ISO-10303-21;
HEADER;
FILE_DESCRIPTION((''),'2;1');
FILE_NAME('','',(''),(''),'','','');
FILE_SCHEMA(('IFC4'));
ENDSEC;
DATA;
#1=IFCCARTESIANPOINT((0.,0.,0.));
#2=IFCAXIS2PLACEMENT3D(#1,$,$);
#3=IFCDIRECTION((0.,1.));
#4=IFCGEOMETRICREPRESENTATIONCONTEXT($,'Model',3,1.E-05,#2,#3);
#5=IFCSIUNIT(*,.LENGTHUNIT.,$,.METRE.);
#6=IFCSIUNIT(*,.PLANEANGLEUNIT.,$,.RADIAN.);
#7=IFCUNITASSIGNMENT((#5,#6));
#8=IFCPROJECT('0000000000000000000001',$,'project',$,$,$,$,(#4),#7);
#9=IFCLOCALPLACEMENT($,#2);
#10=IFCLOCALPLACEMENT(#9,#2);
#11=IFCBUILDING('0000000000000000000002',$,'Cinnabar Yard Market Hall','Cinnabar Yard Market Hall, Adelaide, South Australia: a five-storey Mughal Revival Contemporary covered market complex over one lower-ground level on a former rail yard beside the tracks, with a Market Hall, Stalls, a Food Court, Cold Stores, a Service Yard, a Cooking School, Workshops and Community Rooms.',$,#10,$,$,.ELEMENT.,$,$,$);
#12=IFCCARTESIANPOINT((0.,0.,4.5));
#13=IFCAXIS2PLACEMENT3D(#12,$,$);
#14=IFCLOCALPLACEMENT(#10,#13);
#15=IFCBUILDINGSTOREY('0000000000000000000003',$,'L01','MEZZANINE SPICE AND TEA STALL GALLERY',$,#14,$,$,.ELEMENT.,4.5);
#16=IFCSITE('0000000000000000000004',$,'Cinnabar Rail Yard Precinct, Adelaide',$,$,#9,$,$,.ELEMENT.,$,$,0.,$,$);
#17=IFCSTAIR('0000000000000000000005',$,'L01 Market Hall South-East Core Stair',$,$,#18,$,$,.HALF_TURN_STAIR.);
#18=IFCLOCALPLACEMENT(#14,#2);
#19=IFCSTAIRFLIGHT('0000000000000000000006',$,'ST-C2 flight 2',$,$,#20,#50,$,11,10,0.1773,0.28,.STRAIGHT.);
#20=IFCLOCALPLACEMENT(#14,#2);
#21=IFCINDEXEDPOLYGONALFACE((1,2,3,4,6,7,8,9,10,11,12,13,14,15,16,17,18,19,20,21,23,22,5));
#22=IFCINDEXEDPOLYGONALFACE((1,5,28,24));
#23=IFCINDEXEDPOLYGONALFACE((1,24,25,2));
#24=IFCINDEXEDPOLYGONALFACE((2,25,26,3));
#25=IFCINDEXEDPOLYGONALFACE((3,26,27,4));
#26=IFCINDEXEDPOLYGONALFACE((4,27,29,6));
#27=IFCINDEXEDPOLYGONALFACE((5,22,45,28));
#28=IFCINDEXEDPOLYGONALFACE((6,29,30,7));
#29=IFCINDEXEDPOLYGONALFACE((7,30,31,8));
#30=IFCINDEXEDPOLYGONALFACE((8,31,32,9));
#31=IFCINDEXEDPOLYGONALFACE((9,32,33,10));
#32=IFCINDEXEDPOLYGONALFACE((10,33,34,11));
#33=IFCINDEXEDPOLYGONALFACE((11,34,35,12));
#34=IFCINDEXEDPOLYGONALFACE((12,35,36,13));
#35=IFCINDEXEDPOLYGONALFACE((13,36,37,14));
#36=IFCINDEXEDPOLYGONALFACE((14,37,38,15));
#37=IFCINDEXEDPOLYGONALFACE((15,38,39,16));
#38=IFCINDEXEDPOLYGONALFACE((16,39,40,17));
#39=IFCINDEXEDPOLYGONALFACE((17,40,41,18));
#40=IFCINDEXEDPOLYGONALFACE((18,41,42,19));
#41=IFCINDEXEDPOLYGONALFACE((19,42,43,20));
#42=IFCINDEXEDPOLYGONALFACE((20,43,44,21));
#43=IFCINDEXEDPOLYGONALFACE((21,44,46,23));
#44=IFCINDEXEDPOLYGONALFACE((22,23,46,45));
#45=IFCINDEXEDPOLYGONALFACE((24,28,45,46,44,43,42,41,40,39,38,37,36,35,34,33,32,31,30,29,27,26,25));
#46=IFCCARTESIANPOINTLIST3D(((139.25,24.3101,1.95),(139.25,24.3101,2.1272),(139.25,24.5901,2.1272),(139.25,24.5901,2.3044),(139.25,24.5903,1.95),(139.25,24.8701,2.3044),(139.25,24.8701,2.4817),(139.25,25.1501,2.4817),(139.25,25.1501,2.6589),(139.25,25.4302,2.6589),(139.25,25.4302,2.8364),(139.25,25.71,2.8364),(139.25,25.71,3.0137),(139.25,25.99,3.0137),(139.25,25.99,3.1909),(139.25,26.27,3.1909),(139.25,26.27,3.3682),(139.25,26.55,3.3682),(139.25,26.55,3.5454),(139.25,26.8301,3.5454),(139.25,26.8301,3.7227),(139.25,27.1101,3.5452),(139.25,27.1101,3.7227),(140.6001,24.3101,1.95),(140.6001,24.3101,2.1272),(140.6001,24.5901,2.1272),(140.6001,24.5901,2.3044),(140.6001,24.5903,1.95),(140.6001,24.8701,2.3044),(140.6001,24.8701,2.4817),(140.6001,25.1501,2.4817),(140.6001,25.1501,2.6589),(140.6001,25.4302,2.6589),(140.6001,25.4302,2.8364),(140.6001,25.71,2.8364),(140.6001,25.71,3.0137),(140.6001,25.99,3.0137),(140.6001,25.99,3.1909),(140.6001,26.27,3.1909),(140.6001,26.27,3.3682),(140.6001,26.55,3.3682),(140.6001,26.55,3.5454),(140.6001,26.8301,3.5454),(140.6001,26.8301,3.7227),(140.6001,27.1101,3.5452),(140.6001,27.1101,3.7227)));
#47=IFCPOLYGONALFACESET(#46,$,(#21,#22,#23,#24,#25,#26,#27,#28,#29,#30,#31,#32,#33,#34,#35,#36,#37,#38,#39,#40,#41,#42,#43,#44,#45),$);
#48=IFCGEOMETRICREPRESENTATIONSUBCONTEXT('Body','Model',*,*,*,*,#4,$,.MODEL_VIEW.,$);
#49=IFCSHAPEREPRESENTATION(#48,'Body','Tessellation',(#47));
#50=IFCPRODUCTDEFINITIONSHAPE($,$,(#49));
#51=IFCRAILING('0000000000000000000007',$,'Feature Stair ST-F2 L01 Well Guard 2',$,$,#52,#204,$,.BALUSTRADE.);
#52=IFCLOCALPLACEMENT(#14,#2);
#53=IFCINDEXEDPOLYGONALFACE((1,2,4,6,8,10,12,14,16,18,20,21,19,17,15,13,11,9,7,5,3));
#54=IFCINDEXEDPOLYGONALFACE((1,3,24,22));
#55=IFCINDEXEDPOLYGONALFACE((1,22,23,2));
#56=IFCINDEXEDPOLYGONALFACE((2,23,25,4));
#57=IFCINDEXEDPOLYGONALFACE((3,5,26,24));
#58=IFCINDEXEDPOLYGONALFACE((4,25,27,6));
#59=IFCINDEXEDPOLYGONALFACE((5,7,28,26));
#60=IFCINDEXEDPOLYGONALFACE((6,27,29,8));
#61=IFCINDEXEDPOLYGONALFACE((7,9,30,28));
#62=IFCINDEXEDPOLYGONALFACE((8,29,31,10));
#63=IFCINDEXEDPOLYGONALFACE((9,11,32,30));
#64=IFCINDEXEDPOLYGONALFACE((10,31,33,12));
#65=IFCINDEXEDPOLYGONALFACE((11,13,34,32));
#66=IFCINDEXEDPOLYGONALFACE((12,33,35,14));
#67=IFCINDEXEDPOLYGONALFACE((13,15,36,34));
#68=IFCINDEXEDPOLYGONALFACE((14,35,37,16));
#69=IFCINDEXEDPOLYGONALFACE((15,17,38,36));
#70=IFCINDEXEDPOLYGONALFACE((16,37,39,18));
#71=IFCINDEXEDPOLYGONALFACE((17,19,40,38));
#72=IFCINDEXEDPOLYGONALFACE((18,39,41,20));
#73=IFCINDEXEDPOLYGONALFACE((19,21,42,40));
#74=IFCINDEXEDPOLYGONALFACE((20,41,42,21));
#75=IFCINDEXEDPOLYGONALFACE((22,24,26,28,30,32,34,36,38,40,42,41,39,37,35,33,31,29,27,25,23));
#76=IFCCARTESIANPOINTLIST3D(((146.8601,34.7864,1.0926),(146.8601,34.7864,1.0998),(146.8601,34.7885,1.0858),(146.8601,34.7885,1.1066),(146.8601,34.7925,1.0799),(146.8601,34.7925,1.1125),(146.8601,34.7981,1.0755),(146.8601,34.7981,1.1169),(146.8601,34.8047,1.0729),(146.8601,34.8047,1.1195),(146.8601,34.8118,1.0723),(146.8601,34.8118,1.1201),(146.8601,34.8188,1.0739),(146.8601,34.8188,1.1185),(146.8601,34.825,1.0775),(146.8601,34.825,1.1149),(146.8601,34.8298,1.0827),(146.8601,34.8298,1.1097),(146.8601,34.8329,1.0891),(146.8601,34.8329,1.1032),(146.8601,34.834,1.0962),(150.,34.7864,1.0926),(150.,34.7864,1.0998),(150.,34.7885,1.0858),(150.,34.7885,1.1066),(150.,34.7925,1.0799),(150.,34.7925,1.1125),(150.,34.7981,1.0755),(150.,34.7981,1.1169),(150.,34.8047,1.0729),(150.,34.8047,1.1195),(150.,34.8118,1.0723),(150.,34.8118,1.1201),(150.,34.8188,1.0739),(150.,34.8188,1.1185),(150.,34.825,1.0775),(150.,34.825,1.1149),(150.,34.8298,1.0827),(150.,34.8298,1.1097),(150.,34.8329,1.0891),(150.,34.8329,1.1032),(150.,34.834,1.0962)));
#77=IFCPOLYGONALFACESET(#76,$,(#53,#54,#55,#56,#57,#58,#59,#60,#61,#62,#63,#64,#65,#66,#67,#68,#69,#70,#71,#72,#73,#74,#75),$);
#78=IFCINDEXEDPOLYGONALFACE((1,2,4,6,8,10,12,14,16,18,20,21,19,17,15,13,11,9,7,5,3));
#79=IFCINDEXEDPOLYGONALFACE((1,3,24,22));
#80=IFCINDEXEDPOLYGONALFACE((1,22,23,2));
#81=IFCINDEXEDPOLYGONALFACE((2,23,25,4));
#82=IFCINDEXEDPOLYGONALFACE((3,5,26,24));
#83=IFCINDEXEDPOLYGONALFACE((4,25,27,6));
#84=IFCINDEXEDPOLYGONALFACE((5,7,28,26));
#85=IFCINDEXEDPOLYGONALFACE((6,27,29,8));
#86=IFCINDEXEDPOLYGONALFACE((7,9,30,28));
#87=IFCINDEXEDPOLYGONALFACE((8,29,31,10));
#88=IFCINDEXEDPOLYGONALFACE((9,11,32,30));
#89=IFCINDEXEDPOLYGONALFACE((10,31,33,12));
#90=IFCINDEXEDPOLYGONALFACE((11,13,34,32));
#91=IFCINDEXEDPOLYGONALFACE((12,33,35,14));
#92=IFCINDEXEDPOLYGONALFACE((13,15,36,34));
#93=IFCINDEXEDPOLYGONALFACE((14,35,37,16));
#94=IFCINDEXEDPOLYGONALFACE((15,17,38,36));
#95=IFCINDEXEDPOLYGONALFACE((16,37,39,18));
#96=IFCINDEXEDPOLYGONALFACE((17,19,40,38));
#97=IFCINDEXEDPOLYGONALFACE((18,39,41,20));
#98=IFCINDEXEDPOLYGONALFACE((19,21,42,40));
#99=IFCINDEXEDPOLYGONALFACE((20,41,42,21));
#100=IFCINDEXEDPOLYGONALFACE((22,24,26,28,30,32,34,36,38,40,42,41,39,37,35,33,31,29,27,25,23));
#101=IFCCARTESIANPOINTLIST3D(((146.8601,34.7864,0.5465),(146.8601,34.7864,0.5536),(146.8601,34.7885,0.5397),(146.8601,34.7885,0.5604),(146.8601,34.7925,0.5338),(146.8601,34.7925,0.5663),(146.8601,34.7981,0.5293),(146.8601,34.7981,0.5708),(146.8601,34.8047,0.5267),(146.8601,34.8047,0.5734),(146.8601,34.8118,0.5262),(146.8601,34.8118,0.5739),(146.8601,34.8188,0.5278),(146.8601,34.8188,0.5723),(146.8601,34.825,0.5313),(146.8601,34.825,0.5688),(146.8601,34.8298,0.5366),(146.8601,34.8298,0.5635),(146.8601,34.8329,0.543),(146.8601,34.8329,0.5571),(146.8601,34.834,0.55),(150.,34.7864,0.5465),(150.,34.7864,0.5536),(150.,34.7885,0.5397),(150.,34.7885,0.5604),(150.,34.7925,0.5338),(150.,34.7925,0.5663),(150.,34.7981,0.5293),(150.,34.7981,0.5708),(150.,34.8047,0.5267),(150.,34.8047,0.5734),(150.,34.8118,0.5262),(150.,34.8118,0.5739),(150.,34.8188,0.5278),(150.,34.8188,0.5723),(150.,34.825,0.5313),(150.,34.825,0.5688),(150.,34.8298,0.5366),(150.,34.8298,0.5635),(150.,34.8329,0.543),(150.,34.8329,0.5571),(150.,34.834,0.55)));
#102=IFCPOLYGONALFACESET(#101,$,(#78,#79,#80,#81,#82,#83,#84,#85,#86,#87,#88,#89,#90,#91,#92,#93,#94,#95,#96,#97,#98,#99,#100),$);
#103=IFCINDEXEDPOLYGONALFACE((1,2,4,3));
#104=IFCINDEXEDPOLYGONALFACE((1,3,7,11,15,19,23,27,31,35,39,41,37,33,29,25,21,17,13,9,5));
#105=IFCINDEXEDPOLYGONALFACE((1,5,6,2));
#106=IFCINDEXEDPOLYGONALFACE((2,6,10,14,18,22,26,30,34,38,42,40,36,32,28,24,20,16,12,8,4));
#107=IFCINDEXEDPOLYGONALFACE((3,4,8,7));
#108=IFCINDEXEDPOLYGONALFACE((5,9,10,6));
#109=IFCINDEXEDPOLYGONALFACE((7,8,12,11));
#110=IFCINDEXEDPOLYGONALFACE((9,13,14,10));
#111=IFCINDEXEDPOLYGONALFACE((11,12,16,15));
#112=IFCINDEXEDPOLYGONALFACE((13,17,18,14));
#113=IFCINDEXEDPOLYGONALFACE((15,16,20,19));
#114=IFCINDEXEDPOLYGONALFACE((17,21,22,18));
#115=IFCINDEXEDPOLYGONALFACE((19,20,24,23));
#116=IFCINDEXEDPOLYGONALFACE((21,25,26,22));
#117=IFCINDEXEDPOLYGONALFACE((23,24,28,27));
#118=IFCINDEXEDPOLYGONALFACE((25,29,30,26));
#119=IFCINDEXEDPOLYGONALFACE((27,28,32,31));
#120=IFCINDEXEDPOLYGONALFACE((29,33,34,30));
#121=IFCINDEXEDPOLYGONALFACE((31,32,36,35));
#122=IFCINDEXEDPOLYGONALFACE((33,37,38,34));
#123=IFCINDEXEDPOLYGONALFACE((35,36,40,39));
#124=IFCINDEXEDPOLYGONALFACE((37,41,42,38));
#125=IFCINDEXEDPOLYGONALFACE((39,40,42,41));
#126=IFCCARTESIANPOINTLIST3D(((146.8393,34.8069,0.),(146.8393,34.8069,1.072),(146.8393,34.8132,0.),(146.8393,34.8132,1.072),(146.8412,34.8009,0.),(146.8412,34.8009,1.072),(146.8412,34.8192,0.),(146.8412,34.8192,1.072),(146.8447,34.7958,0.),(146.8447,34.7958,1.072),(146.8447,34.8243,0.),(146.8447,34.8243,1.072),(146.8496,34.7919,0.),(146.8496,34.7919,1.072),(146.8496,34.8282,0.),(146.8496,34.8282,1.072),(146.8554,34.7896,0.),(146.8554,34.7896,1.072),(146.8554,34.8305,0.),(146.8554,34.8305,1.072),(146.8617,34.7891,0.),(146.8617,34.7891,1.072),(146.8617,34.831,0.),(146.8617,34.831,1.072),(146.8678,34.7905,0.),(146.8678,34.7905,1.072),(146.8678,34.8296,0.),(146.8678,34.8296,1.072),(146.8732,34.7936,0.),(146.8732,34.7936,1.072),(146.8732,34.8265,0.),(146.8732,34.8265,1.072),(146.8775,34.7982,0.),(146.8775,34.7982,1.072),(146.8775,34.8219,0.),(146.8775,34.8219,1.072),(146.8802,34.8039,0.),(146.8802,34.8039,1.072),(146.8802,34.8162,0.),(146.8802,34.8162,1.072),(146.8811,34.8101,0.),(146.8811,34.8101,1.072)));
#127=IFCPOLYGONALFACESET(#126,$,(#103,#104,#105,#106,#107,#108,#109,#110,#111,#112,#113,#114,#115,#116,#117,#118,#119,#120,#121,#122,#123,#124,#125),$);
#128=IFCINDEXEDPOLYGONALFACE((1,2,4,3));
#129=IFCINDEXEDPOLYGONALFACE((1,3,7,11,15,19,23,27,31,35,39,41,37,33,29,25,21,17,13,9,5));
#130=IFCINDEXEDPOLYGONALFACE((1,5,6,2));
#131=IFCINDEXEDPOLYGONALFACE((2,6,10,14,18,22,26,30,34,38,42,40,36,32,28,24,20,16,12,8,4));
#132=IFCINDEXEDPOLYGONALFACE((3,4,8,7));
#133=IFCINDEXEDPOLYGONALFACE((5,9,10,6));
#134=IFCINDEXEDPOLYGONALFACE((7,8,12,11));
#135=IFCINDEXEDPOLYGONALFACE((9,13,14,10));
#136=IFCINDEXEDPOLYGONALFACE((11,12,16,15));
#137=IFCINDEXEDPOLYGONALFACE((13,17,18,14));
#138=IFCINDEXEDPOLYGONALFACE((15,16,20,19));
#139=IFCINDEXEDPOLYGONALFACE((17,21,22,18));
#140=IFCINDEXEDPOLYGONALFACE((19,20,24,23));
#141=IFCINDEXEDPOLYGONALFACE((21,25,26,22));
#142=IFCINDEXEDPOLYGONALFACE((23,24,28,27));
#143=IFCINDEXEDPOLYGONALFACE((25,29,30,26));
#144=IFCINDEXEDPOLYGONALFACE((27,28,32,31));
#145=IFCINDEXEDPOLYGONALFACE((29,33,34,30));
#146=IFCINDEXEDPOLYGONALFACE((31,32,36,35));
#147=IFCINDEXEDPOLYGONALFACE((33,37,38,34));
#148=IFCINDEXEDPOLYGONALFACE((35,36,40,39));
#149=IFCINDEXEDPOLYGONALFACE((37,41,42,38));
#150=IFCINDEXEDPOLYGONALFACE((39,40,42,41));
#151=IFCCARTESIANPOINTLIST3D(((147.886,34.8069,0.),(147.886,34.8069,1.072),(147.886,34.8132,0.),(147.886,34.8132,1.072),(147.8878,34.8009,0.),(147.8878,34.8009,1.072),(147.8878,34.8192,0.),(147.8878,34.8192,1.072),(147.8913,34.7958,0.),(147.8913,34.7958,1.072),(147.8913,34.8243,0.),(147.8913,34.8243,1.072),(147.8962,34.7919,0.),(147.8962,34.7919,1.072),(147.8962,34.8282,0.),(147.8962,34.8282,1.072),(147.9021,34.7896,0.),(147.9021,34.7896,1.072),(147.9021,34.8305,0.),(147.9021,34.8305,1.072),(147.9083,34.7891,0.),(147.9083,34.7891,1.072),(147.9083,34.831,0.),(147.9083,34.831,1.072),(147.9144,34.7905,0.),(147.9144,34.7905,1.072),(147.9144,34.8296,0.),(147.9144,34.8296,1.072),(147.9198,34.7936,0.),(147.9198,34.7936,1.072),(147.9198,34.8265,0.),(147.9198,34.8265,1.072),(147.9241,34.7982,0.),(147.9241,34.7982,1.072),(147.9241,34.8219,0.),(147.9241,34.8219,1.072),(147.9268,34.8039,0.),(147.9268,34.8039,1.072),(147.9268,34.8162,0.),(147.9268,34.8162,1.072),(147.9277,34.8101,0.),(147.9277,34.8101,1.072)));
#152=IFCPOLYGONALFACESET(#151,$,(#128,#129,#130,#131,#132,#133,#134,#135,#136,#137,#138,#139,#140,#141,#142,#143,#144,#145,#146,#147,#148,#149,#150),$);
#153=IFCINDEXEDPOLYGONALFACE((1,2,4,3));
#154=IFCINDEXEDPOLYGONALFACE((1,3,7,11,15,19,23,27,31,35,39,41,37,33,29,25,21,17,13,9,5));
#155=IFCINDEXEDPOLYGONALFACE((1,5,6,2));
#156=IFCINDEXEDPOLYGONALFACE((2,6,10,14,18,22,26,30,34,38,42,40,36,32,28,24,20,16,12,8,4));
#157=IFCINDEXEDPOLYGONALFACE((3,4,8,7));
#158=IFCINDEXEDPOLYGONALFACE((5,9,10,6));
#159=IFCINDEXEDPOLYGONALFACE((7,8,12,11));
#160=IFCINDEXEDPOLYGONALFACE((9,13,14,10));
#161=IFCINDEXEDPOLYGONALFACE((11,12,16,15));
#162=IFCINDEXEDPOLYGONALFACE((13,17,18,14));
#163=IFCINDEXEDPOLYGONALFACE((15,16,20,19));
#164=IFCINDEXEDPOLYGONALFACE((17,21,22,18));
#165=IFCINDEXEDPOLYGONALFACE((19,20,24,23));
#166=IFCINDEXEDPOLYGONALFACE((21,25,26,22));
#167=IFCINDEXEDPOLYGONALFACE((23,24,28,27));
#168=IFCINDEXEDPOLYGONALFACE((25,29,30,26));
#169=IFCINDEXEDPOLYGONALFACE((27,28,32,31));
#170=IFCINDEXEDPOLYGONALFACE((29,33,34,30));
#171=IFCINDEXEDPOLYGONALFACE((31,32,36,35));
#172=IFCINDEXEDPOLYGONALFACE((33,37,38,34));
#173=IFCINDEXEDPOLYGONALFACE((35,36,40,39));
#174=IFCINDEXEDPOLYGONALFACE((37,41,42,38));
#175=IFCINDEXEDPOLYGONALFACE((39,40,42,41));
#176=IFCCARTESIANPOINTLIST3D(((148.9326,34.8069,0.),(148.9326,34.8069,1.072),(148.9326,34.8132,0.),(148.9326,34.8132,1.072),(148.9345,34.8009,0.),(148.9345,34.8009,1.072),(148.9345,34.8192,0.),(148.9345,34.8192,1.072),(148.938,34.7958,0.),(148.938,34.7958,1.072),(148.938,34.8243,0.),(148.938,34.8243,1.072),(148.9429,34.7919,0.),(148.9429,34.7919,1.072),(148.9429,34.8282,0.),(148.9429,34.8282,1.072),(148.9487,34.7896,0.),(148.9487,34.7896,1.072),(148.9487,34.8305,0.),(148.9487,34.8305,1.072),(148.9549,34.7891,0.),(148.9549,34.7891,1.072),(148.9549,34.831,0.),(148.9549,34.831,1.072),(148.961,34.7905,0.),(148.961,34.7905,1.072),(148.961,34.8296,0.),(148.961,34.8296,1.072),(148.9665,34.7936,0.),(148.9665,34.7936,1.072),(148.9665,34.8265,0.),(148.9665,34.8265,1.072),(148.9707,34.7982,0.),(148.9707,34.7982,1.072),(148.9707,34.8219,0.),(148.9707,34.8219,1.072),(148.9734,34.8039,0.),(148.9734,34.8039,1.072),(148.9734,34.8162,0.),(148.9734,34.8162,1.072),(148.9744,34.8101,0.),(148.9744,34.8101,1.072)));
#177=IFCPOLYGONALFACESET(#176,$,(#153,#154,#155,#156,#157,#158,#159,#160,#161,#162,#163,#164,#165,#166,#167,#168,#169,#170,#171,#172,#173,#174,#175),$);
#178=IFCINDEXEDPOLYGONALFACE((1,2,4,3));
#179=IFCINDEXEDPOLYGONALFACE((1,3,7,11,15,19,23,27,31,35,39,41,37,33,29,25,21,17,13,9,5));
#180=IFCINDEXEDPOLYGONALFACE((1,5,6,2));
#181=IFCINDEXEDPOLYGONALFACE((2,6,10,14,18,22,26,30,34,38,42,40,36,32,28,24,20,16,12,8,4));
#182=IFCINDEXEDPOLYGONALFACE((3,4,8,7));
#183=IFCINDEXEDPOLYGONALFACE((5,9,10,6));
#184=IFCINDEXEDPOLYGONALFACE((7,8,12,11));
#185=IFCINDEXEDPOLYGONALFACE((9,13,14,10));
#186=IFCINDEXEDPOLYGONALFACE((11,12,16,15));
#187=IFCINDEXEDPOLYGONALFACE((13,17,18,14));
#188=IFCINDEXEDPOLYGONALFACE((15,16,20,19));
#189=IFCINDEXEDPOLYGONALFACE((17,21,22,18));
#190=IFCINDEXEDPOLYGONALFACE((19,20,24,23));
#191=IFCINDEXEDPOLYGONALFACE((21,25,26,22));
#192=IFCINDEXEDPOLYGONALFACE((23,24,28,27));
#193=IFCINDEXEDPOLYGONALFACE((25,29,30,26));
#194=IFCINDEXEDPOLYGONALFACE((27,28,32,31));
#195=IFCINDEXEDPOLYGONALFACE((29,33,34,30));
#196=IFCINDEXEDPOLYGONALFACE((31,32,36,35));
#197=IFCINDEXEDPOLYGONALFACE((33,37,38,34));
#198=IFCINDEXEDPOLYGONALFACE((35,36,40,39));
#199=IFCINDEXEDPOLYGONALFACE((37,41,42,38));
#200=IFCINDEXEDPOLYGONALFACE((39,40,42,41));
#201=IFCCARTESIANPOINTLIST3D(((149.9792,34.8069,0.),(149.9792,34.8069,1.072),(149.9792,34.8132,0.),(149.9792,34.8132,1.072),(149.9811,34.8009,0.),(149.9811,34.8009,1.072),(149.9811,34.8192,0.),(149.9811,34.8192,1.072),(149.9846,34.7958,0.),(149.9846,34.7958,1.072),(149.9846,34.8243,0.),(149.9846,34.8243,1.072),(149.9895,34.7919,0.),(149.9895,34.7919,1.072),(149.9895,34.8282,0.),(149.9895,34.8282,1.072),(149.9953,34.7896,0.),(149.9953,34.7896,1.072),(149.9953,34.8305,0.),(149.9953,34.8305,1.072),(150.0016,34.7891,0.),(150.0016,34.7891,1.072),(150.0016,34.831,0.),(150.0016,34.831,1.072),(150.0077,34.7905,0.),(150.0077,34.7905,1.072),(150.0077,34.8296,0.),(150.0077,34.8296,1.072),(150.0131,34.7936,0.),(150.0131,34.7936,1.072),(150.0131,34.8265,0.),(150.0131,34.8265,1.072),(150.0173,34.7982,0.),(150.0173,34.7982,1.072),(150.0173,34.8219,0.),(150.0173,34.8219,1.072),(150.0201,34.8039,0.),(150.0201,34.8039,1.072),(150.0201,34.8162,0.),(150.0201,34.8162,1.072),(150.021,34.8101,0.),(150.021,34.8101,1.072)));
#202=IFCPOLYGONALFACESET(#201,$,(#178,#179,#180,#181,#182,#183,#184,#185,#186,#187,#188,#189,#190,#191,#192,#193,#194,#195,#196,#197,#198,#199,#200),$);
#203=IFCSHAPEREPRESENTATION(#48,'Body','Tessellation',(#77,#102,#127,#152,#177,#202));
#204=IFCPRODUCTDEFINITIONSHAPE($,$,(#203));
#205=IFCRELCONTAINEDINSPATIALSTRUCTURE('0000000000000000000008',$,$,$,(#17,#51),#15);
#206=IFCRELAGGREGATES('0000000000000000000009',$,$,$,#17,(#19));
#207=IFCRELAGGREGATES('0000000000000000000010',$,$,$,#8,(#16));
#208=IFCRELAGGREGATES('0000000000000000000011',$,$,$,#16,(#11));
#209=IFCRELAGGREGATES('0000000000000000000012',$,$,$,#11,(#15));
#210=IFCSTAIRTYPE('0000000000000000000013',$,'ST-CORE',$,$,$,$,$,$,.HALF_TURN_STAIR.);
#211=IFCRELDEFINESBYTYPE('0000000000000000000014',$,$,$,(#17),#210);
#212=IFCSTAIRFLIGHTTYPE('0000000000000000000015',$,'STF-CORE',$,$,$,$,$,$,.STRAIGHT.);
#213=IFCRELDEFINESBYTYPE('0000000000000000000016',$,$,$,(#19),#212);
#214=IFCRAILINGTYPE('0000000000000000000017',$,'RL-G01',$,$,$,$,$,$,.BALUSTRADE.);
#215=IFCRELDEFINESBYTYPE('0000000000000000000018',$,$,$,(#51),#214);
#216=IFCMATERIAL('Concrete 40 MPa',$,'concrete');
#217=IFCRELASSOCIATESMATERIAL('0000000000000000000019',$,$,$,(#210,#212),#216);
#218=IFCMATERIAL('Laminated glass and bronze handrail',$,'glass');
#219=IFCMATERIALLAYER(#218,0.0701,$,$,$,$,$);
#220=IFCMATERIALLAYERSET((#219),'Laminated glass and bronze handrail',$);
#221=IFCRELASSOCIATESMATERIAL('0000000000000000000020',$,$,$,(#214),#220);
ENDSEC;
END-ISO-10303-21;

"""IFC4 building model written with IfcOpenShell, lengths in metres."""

from ifc_helpers import new_model, si_unit, direction, frame, origin, origin_2d_with_axis, place, context, subcontext, project, spatial, polyline, circle, outline, extrude, material, layer, layer_set, type_object, element, aggregate, save


model = new_model("IFC4")

# Units and contexts
model_context = context("Model", 3, precision=1e-05, world=origin(), true_north=direction((0.0, 1.0)))
body_context = subcontext(model_context, "Body", "Model", "MODEL_VIEW")
ifc_project = project(units=[si_unit("LENGTHUNIT", "METRE"), si_unit("PLANEANGLEUNIT", "RADIAN")], contexts=[model_context])

# Site, building, storey
site_placement = place(None, origin())
site = spatial("IfcSite", under=ifc_project, at=site_placement, Name="Cinnabar Rail Yard Precinct, Adelaide", CompositionType="ELEMENT", RefElevation=0.0)
building_placement = place(site_placement, origin())
building = spatial("IfcBuilding", under=site, at=building_placement, Name="Cinnabar Yard Market Hall", Description="Cinnabar Yard Market Hall, Adelaide, South Australia: a five-storey Mughal Revival Contemporary covered market complex over one lower-ground level on a former rail yard beside the tracks, with a Market Hall, Stalls, a Food Court, Cold Stores, a Service Yard, a Cooking School, Workshops and Community Rooms.", CompositionType="ELEMENT")
storey_placement = place(building_placement, frame((0.0, 0.0, 4.5)))
storey = spatial("IfcBuildingStorey", under=building, at=storey_placement, Name="L01", Description="MEZZANINE SPICE AND TEA STALL GALLERY", CompositionType="ELEMENT", Elevation=4.5)

# Shared definitions
ifc_material_1 = material(Name="Concrete 40 MPa", Category="concrete")

# Stair, stair flight
stair_type = type_object("IfcStairType", Name="ST-CORE", PredefinedType="HALF_TURN_STAIR", material=ifc_material_1)
stair_placement = place(storey_placement, origin())
stair = element("IfcStair", 1, at=stair_placement, inside=storey, type_object=stair_type, Name="L01 Market Hall South-East Core Stair", PredefinedType="HALF_TURN_STAIR")
stair_flight_type = type_object("IfcStairFlightType", Name="STF-CORE", PredefinedType="STRAIGHT", material=ifc_material_1)
stair_flight_1_placement = place(storey_placement, frame((139.925, 24.3101, 1.95), z_axis=(0.0, 0.0, 1.0), x_axis=(0.0, 1.0, 0.0)))
stair_flight_1 = element("IfcStairFlight", 2, at=stair_flight_1_placement, type_object=stair_flight_type, Name="ST-C2 flight 2", NumberOfRisers=11, NumberOfTreads=10, PredefinedType="STRAIGHT", RiserHeight=0.1773, TreadLength=0.28, context=body_context, shape_type="SweptSolid", body=[
    extrude(outline(polyline([(0.0, 0.0), (0.0, 0.1772), (0.28, 0.1772), (0.28, 0.3545), (0.5601, 0.3545), (0.5601, 0.5317), (0.8401, 0.5317), (0.8401, 0.709), (1.1201, 0.709), (1.1201, 0.8865), (1.3999, 0.8865), (1.3999, 1.0637), (1.6799, 1.0637), (1.6799, 1.241), (1.96, 1.241), (1.96, 1.4182), (2.24, 1.4182), (2.24, 1.5955), (2.52, 1.5955), (2.52, 1.7727), (2.8, 1.7727), (2.8, 1.95), (2.8, 1.5952), (0.2803, 0.0), (0.0, 0.0)])), frame((0.0, 0.675, 0.0), z_axis=(0.0, -1.0, 0.0), x_axis=(1.0, 0.0, 0.0)), (0.0, 0.0, 1.0), 1.3501),
])
aggregate(stair, [stair_flight_1])

# Railing
ifc_material_2 = material(Name="Laminated glass and bronze handrail", Category="glass")
ifc_layer_1 = layer(ifc_material_2, 0.0701)
ifc_layer_set_1 = layer_set([ifc_layer_1], Name="Laminated glass and bronze handrail")
railing_type_1 = type_object("IfcRailingType", Name="RL-G01", PredefinedType="BALUSTRADE", material=ifc_layer_set_1)
railing_1_placement = place(storey_placement, frame((146.8601, 34.8101, 0.0)))
element("IfcRailing", 3, at=railing_1_placement, inside=storey, type_object=railing_type_1, Name="Feature Stair ST-F2 L01 Well Guard 2", PredefinedType="BALUSTRADE", context=body_context, shape_type="SweptSolid", body=[
    extrude(circle(Radius=0.0239, at=origin_2d_with_axis()), frame((0.0, 0.0, 1.0962), z_axis=(1.0, 0.0, 0.0), x_axis=(0.0, 1.0, 0.0)), (0.0, 0.0, 1.0), 3.1399),
    extrude(circle(Radius=0.0239, at=origin_2d_with_axis()), frame((0.0, 0.0, 0.55), z_axis=(1.0, 0.0, 0.0), x_axis=(0.0, 1.0, 0.0)), (0.0, 0.0, 1.0), 3.1399),
    extrude(circle(Radius=0.021, at=origin_2d_with_axis()), origin(), (0.0, 0.0, 1.0), 1.072),
    extrude(circle(Radius=0.021, at=origin_2d_with_axis()), frame((1.0466, 0.0, 0.0)), (0.0, 0.0, 1.0), 1.072),
    extrude(circle(Radius=0.021, at=origin_2d_with_axis()), frame((2.0933, 0.0, 0.0)), (0.0, 0.0, 1.0), 1.072),
    extrude(circle(Radius=0.021, at=origin_2d_with_axis()), frame((3.1399, 0.0, 0.0)), (0.0, 0.0, 1.0), 1.072),
])

save(model, "model.ifc")
